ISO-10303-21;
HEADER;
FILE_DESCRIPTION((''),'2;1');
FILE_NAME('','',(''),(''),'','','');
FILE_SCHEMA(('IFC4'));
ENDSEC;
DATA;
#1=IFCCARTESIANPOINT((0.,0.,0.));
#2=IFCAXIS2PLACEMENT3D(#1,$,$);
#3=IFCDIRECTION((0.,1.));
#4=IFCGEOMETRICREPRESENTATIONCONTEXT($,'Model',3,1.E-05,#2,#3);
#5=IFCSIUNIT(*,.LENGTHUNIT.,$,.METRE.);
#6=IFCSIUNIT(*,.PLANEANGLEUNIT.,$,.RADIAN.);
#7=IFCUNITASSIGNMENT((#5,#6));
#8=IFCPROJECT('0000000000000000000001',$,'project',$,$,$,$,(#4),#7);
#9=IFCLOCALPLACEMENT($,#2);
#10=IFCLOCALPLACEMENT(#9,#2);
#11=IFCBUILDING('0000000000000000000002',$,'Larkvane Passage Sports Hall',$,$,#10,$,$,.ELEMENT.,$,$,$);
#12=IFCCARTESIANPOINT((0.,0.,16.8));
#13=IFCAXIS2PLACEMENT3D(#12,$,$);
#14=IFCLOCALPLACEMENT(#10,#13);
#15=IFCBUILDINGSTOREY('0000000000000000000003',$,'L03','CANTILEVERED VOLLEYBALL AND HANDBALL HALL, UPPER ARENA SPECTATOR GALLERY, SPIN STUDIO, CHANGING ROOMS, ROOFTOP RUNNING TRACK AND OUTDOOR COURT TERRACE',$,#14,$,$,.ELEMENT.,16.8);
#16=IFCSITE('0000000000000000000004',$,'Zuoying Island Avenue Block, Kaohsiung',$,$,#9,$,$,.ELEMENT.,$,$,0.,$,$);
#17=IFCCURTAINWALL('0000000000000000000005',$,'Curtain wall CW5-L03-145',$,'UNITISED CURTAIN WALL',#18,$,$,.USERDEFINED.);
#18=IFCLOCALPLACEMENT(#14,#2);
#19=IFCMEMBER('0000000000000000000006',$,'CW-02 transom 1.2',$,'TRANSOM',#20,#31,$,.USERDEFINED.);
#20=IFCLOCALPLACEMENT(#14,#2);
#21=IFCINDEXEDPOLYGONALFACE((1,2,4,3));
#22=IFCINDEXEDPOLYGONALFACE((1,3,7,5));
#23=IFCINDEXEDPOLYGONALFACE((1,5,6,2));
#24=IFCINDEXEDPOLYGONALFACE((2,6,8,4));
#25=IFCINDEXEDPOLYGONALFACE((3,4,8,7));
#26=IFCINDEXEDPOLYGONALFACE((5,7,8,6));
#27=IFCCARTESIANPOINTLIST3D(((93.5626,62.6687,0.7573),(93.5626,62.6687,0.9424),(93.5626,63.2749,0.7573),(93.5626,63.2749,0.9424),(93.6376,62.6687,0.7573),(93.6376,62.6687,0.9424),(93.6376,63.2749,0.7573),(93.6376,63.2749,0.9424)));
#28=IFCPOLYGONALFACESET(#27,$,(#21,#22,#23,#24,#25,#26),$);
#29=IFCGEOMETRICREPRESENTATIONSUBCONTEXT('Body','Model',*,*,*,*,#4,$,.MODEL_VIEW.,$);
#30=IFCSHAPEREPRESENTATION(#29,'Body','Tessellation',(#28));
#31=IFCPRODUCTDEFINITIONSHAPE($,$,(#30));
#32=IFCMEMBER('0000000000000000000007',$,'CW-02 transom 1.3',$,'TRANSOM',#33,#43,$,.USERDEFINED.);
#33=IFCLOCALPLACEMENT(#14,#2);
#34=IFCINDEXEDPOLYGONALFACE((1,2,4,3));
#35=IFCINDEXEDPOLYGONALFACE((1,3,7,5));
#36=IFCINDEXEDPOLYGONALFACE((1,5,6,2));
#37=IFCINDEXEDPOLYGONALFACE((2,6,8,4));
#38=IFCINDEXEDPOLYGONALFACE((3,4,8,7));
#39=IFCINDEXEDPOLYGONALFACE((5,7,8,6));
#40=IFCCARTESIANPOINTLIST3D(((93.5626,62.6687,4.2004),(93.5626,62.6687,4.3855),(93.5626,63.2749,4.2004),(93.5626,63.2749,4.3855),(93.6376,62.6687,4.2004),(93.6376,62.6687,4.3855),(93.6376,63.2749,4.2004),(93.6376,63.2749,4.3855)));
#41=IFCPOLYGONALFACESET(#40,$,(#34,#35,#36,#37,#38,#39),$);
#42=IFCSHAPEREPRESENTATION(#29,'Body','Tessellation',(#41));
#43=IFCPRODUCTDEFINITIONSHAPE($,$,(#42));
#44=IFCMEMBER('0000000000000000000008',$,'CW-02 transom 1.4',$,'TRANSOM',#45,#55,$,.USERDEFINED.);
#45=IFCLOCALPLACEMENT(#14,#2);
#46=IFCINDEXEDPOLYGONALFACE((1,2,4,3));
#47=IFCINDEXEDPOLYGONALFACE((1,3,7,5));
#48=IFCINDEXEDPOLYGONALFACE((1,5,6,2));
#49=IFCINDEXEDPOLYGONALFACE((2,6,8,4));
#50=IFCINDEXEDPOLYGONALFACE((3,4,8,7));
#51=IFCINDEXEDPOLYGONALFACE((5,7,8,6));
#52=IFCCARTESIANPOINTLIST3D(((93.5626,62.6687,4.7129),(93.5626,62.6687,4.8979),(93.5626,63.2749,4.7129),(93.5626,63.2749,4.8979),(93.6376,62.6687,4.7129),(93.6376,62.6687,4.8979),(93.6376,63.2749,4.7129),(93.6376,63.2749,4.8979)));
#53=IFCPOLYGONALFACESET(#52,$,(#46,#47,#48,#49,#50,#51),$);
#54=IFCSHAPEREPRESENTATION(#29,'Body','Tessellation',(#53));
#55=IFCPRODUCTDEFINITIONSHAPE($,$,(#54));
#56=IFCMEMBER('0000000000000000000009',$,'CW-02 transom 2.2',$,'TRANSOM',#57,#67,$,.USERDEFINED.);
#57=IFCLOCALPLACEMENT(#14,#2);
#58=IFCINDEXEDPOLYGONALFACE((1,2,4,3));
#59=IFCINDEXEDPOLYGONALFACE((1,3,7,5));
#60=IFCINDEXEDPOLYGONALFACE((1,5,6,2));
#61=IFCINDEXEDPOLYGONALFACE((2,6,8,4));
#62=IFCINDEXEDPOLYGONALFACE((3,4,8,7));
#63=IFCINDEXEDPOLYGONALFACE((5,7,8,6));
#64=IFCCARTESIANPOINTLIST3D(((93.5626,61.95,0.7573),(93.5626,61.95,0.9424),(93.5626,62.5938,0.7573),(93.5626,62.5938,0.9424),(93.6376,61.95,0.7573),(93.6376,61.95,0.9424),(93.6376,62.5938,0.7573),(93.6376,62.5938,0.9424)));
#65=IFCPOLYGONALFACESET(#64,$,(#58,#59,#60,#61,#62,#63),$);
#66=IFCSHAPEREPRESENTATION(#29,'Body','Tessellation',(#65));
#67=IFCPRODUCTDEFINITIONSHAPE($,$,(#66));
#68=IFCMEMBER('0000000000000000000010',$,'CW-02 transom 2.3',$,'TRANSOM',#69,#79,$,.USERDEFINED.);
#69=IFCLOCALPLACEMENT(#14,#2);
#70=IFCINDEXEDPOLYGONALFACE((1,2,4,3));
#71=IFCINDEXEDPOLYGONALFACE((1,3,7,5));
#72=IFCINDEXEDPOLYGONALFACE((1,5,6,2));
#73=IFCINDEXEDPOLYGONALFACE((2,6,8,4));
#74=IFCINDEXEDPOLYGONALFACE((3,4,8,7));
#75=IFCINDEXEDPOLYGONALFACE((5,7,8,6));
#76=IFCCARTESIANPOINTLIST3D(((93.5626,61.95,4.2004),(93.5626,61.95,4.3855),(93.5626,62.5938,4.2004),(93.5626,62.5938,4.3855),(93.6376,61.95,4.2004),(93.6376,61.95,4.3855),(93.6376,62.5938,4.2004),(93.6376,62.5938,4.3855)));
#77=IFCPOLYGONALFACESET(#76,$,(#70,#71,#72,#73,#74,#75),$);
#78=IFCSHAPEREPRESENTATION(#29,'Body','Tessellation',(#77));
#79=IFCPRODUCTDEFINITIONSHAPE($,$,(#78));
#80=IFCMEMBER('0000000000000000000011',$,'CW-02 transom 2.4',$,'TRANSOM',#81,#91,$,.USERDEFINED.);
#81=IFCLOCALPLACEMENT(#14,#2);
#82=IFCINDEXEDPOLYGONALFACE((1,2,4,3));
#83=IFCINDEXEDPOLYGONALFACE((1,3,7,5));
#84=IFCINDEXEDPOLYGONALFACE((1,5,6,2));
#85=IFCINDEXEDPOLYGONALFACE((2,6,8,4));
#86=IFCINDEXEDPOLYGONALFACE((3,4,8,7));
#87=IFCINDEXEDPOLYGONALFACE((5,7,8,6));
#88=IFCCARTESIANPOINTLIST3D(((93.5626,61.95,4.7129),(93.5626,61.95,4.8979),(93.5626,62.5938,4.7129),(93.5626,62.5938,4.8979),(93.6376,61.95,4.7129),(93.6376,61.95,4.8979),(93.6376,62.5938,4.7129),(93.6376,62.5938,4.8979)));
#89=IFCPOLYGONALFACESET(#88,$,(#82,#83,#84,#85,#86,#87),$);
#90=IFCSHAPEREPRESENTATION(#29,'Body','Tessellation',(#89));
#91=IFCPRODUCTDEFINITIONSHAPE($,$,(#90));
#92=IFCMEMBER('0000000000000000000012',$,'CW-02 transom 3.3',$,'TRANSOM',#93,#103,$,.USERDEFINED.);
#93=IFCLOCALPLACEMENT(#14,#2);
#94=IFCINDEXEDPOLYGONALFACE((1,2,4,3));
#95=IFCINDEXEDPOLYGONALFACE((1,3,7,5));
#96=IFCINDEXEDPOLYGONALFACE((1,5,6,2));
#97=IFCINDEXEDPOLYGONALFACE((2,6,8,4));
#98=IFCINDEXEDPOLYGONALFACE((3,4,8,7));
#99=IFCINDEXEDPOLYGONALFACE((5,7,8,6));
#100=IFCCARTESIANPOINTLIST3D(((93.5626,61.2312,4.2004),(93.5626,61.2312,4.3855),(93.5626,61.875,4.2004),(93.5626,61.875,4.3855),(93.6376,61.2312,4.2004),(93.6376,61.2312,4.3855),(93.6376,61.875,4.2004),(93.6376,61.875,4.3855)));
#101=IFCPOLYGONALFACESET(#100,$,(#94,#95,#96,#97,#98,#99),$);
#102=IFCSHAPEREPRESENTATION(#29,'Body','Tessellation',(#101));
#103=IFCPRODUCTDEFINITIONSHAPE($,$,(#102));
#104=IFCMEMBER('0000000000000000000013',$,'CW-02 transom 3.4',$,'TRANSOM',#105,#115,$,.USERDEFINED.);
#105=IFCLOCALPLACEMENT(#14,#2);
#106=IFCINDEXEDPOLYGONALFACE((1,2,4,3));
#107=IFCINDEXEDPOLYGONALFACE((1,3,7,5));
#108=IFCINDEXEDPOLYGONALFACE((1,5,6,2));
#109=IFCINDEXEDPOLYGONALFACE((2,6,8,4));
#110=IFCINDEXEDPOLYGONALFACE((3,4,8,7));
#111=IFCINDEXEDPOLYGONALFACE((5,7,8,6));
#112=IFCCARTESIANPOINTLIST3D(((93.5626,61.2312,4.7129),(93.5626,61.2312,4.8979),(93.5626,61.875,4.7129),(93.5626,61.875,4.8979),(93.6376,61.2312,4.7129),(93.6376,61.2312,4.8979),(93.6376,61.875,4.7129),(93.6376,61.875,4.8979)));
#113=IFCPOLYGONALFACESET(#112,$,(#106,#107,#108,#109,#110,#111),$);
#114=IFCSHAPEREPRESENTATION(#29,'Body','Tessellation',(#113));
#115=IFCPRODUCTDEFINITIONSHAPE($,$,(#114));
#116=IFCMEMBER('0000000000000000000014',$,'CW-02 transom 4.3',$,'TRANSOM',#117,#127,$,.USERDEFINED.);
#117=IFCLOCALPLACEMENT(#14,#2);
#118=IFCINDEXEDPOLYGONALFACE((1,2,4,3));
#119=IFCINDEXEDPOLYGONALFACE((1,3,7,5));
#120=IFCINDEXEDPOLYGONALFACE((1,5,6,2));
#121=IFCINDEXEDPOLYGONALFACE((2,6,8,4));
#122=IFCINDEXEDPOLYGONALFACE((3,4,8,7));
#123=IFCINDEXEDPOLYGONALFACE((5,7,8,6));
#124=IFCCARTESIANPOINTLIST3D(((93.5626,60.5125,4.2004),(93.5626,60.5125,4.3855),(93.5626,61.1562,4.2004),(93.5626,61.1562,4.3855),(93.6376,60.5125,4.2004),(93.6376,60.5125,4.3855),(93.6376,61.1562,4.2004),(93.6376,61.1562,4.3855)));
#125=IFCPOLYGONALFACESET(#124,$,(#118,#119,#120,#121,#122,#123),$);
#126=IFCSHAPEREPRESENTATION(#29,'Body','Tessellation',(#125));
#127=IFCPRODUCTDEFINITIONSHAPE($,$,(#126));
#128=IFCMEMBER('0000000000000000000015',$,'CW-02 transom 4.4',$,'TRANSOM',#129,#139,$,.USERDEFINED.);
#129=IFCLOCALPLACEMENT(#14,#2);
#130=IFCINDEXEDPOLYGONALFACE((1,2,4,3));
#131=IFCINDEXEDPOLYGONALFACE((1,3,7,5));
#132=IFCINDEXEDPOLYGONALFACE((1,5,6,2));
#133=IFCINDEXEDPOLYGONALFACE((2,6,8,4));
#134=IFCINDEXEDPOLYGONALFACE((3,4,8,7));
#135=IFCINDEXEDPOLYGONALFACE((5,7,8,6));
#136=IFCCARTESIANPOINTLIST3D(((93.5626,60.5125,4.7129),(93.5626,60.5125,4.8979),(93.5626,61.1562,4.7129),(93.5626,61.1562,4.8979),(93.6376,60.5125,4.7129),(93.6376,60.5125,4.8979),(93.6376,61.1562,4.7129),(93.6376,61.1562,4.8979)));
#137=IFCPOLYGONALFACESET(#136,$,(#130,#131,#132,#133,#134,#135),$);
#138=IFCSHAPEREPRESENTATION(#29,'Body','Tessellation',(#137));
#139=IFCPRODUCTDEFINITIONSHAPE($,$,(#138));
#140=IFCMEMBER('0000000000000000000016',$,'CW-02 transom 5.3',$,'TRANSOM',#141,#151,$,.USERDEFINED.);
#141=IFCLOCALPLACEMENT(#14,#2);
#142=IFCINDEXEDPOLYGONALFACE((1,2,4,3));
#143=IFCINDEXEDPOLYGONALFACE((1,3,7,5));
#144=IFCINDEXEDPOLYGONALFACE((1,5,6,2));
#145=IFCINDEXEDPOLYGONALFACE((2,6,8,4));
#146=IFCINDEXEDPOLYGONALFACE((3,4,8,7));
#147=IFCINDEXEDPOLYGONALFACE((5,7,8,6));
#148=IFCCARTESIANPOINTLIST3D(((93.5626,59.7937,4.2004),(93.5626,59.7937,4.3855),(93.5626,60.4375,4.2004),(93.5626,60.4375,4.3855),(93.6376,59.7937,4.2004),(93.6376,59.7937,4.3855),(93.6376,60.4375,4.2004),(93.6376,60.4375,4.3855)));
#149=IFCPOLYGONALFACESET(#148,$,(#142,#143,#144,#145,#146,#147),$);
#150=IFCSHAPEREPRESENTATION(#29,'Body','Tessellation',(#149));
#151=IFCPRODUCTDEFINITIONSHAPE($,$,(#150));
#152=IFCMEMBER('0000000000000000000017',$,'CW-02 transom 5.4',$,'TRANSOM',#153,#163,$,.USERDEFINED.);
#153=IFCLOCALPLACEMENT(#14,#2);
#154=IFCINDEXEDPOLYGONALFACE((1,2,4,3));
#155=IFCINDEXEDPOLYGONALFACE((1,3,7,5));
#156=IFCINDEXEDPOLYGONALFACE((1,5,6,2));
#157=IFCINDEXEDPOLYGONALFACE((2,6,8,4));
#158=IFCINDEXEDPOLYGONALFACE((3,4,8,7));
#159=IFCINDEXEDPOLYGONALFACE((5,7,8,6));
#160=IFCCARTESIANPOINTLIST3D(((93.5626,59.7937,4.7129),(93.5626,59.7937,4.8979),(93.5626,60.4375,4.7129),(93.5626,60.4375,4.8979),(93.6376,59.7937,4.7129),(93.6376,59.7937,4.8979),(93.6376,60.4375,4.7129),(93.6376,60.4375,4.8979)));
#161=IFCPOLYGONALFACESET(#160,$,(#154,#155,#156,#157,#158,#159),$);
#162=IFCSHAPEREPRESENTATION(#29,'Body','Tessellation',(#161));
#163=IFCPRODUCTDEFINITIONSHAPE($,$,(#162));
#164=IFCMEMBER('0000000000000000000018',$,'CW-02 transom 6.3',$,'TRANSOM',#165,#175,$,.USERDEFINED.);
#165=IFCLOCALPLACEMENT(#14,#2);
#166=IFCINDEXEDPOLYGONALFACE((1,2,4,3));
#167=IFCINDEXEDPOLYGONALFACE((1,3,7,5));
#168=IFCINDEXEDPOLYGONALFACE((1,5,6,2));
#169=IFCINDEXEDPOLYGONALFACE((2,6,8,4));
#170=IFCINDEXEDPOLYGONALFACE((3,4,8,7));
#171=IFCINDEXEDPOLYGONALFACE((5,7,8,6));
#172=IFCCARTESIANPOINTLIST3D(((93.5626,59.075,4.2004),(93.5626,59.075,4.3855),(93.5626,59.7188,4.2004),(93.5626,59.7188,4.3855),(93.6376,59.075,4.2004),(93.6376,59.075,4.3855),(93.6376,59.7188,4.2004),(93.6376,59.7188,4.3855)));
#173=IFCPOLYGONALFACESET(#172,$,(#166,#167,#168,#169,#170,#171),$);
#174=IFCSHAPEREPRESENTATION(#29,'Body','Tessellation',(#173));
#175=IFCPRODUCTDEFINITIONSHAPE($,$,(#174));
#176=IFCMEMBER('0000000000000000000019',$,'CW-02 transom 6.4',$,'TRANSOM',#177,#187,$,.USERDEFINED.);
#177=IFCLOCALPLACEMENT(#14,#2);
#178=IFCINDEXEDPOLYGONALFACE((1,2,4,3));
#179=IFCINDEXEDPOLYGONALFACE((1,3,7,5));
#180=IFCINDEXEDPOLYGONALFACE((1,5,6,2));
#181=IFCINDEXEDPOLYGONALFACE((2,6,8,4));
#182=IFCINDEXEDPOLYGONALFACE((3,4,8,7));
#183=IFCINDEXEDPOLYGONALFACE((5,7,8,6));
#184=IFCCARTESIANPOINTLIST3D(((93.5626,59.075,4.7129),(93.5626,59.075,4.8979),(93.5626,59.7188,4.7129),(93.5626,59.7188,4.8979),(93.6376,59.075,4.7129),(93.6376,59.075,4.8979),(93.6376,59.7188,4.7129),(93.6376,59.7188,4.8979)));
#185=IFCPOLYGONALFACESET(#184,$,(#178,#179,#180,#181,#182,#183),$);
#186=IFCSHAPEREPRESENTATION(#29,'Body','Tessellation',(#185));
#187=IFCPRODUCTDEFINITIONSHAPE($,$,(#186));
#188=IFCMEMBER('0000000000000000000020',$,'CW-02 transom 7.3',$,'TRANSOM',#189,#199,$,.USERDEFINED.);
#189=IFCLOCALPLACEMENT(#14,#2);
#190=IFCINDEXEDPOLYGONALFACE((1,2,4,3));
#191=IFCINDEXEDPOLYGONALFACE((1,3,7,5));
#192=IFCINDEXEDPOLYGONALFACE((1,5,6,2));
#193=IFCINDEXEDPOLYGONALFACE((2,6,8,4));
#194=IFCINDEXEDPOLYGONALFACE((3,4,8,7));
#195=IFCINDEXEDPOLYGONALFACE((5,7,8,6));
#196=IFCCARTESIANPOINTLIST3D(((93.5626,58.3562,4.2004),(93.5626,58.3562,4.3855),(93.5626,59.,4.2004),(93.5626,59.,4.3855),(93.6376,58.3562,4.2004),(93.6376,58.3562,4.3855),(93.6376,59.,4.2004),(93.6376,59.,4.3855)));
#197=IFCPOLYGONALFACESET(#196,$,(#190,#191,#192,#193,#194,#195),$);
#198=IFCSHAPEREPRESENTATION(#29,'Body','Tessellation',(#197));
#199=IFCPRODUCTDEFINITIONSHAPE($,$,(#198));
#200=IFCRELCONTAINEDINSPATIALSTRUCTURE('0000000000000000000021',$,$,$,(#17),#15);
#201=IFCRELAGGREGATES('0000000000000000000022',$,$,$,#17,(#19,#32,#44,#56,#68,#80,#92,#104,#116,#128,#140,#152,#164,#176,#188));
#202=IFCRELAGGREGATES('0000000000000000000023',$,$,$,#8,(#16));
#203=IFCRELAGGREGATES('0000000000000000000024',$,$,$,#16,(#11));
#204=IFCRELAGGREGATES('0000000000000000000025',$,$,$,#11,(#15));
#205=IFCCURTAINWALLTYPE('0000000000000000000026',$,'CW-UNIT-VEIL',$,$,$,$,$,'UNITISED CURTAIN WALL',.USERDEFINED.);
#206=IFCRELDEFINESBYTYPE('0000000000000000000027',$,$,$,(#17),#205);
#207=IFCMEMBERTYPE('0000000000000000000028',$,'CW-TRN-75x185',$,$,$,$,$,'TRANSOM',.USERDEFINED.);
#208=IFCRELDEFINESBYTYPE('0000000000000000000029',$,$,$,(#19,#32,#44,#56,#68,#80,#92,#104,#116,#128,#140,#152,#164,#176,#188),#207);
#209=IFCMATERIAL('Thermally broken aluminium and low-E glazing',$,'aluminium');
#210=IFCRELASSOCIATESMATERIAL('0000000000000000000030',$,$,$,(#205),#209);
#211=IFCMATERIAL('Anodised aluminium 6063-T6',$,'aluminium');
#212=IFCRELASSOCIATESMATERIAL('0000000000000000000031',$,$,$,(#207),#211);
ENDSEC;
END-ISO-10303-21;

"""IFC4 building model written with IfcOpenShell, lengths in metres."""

from ifc_helpers import new_model, si_unit, direction, frame, origin, origin_2d, place, context, subcontext, project, spatial, rectangle, extrude, material, material_profile, profile_set, type_object, element, aggregate, save


model = new_model("IFC4")

# Units and contexts
model_context = context("Model", 3, precision=1e-05, world=origin(), true_north=direction((0.0, 1.0)))
body_context = subcontext(model_context, "Body", "Model", "MODEL_VIEW")
ifc_project = project(units=[si_unit("LENGTHUNIT", "METRE"), si_unit("PLANEANGLEUNIT", "RADIAN")], contexts=[model_context])

# Site, building, storey
site_placement = place(None, origin())
site = spatial("IfcSite", under=ifc_project, at=site_placement, Name="Zuoying Island Avenue Block, Kaohsiung", CompositionType="ELEMENT", RefElevation=0.0)
building_placement = place(site_placement, origin())
building = spatial("IfcBuilding", under=site, at=building_placement, Name="Larkvane Passage Sports Hall", CompositionType="ELEMENT")
storey_placement = place(building_placement, frame((0.0, 0.0, 16.8)))
storey = spatial("IfcBuildingStorey", under=building, at=storey_placement, Name="L03", Description="CANTILEVERED VOLLEYBALL AND HANDBALL HALL, UPPER ARENA SPECTATOR GALLERY, SPIN STUDIO, CHANGING ROOMS, ROOFTOP RUNNING TRACK AND OUTDOOR COURT TERRACE", CompositionType="ELEMENT", Elevation=16.8)

# Curtain wall, members
ifc_material_1 = material(Name="Thermally broken aluminium and low-E glazing", Category="aluminium")
curtain_wall_type_1 = type_object("IfcCurtainWallType", Name="CW-UNIT-VEIL", ElementType="UNITISED CURTAIN WALL", PredefinedType="USERDEFINED", material=ifc_material_1)
curtain_wall_1_placement = place(storey_placement, origin())
curtain_wall_1 = element("IfcCurtainWall", 1, at=curtain_wall_1_placement, inside=storey, type_object=curtain_wall_type_1, Name="Curtain wall CW5-L03-145", ObjectType="UNITISED CURTAIN WALL", PredefinedType="USERDEFINED")
ifc_material_2 = material(Name="Anodised aluminium 6063-T6", Category="aluminium")
ifc_material_profile = material_profile(ifc_material_2, rectangle(XDim=0.075, YDim=0.1851, at=origin_2d()), Name="ALU-TRN-75x185")
ifc_profile_set = profile_set([ifc_material_profile], Name="Anodised aluminium 6063-T6")
member_type = type_object("IfcMemberType", Name="CW-TRN-75x185", ElementType="TRANSOM", PredefinedType="USERDEFINED", material=ifc_profile_set)
member_1_placement = place(storey_placement, frame((93.6001, 63.2749, 0.8499), z_axis=(0.0, -1.0, 0.0), x_axis=(1.0, 0.0, 0.0)))
member_1 = element("IfcMember", 2, at=member_1_placement, type_object=member_type, Name="CW-02 transom 1.2", ObjectType="TRANSOM", PredefinedType="USERDEFINED", context=body_context, shape_type="SweptSolid", body=[
    extrude(rectangle(XDim=0.075, YDim=0.1851, at=origin_2d()), origin(), (0.0, 0.0, 1.0), 0.6062),
])
member_2_placement = place(storey_placement, frame((93.6001, 63.2749, 4.293), z_axis=(0.0, -1.0, 0.0), x_axis=(1.0, 0.0, 0.0)))
member_2 = element("IfcMember", 3, at=member_2_placement, type_object=member_type, Name="CW-02 transom 1.3", ObjectType="TRANSOM", PredefinedType="USERDEFINED", context=body_context, shape_type="SweptSolid", body=[
    extrude(rectangle(XDim=0.075, YDim=0.1851, at=origin_2d()), origin(), (0.0, 0.0, 1.0), 0.6062),
])
member_3_placement = place(storey_placement, frame((93.6001, 63.2749, 4.8054), z_axis=(0.0, -1.0, 0.0), x_axis=(1.0, 0.0, 0.0)))
member_3 = element("IfcMember", 4, at=member_3_placement, type_object=member_type, Name="CW-02 transom 1.4", ObjectType="TRANSOM", PredefinedType="USERDEFINED", context=body_context, shape_type="SweptSolid", body=[
    extrude(rectangle(XDim=0.075, YDim=0.1851, at=origin_2d()), origin(), (0.0, 0.0, 1.0), 0.6062),
])
member_4_placement = place(storey_placement, frame((93.6001, 62.5938, 0.8499), z_axis=(0.0, -1.0, 0.0), x_axis=(1.0, 0.0, 0.0)))
member_4 = element("IfcMember", 5, at=member_4_placement, type_object=member_type, Name="CW-02 transom 2.2", ObjectType="TRANSOM", PredefinedType="USERDEFINED", context=body_context, shape_type="SweptSolid", body=[
    extrude(rectangle(XDim=0.075, YDim=0.1851, at=origin_2d()), origin(), (0.0, 0.0, 1.0), 0.6438),
])
member_5_placement = place(storey_placement, frame((93.6001, 62.5938, 4.293), z_axis=(0.0, -1.0, 0.0), x_axis=(1.0, 0.0, 0.0)))
member_5 = element("IfcMember", 6, at=member_5_placement, type_object=member_type, Name="CW-02 transom 2.3", ObjectType="TRANSOM", PredefinedType="USERDEFINED", context=body_context, shape_type="SweptSolid", body=[
    extrude(rectangle(XDim=0.075, YDim=0.1851, at=origin_2d()), origin(), (0.0, 0.0, 1.0), 0.6438),
])
member_6_placement = place(storey_placement, frame((93.6001, 62.5938, 4.8054), z_axis=(0.0, -1.0, 0.0), x_axis=(1.0, 0.0, 0.0)))
member_6 = element("IfcMember", 7, at=member_6_placement, type_object=member_type, Name="CW-02 transom 2.4", ObjectType="TRANSOM", PredefinedType="USERDEFINED", context=body_context, shape_type="SweptSolid", body=[
    extrude(rectangle(XDim=0.075, YDim=0.1851, at=origin_2d()), origin(), (0.0, 0.0, 1.0), 0.6438),
])
member_7_placement = place(storey_placement, frame((93.6001, 61.875, 4.293), z_axis=(0.0, -1.0, 0.0), x_axis=(1.0, 0.0, 0.0)))
member_7 = element("IfcMember", 8, at=member_7_placement, type_object=member_type, Name="CW-02 transom 3.3", ObjectType="TRANSOM", PredefinedType="USERDEFINED", context=body_context, shape_type="SweptSolid", body=[
    extrude(rectangle(XDim=0.075, YDim=0.1851, at=origin_2d()), origin(), (0.0, 0.0, 1.0), 0.6438),
])
member_8_placement = place(storey_placement, frame((93.6001, 61.875, 4.8054), z_axis=(0.0, -1.0, 0.0), x_axis=(1.0, 0.0, 0.0)))
member_8 = element("IfcMember", 9, at=member_8_placement, type_object=member_type, Name="CW-02 transom 3.4", ObjectType="TRANSOM", PredefinedType="USERDEFINED", context=body_context, shape_type="SweptSolid", body=[
    extrude(rectangle(XDim=0.075, YDim=0.1851, at=origin_2d()), origin(), (0.0, 0.0, 1.0), 0.6438),
])
member_9_placement = place(storey_placement, frame((93.6001, 61.1562, 4.293), z_axis=(0.0, -1.0, 0.0), x_axis=(1.0, 0.0, 0.0)))
member_9 = element("IfcMember", 10, at=member_9_placement, type_object=member_type, Name="CW-02 transom 4.3", ObjectType="TRANSOM", PredefinedType="USERDEFINED", context=body_context, shape_type="SweptSolid", body=[
    extrude(rectangle(XDim=0.075, YDim=0.1851, at=origin_2d()), origin(), (0.0, 0.0, 1.0), 0.6438),
])
member_10_placement = place(storey_placement, frame((93.6001, 61.1562, 4.8054), z_axis=(0.0, -1.0, 0.0), x_axis=(1.0, 0.0, 0.0)))
member_10 = element("IfcMember", 11, at=member_10_placement, type_object=member_type, Name="CW-02 transom 4.4", ObjectType="TRANSOM", PredefinedType="USERDEFINED", context=body_context, shape_type="SweptSolid", body=[
    extrude(rectangle(XDim=0.075, YDim=0.1851, at=origin_2d()), origin(), (0.0, 0.0, 1.0), 0.6438),
])
member_11_placement = place(storey_placement, frame((93.6001, 60.4375, 4.293), z_axis=(0.0, -1.0, 0.0), x_axis=(1.0, 0.0, 0.0)))
member_11 = element("IfcMember", 12, at=member_11_placement, type_object=member_type, Name="CW-02 transom 5.3", ObjectType="TRANSOM", PredefinedType="USERDEFINED", context=body_context, shape_type="SweptSolid", body=[
    extrude(rectangle(XDim=0.075, YDim=0.1851, at=origin_2d()), origin(), (0.0, 0.0, 1.0), 0.6438),
])
member_12_placement = place(storey_placement, frame((93.6001, 60.4375, 4.8054), z_axis=(0.0, -1.0, 0.0), x_axis=(1.0, 0.0, 0.0)))
member_12 = element("IfcMember", 13, at=member_12_placement, type_object=member_type, Name="CW-02 transom 5.4", ObjectType="TRANSOM", PredefinedType="USERDEFINED", context=body_context, shape_type="SweptSolid", body=[
    extrude(rectangle(XDim=0.075, YDim=0.1851, at=origin_2d()), origin(), (0.0, 0.0, 1.0), 0.6438),
])
member_13_placement = place(storey_placement, frame((93.6001, 59.7188, 4.293), z_axis=(0.0, -1.0, 0.0), x_axis=(1.0, 0.0, 0.0)))
member_13 = element("IfcMember", 14, at=member_13_placement, type_object=member_type, Name="CW-02 transom 6.3", ObjectType="TRANSOM", PredefinedType="USERDEFINED", context=body_context, shape_type="SweptSolid", body=[
    extrude(rectangle(XDim=0.075, YDim=0.1851, at=origin_2d()), origin(), (0.0, 0.0, 1.0), 0.6438),
])
member_14_placement = place(storey_placement, frame((93.6001, 59.7188, 4.8054), z_axis=(0.0, -1.0, 0.0), x_axis=(1.0, 0.0, 0.0)))
member_14 = element("IfcMember", 15, at=member_14_placement, type_object=member_type, Name="CW-02 transom 6.4", ObjectType="TRANSOM", PredefinedType="USERDEFINED", context=body_context, shape_type="SweptSolid", body=[
    extrude(rectangle(XDim=0.075, YDim=0.1851, at=origin_2d()), origin(), (0.0, 0.0, 1.0), 0.6438),
])
member_15_placement = place(storey_placement, frame((93.6001, 59.0, 4.293), z_axis=(0.0, -1.0, 0.0), x_axis=(1.0, 0.0, 0.0)))
member_15 = element("IfcMember", 16, at=member_15_placement, type_object=member_type, Name="CW-02 transom 7.3", ObjectType="TRANSOM", PredefinedType="USERDEFINED", context=body_context, shape_type="SweptSolid", body=[
    extrude(rectangle(XDim=0.075, YDim=0.1851, at=origin_2d()), origin(), (0.0, 0.0, 1.0), 0.6438),
])

aggregate(curtain_wall_1, [member_1, member_2, member_3, member_4, member_5, member_6, member_7, member_8, member_9, member_10, member_11, member_12, member_13, member_14, member_15])

save(model, "model.ifc")
